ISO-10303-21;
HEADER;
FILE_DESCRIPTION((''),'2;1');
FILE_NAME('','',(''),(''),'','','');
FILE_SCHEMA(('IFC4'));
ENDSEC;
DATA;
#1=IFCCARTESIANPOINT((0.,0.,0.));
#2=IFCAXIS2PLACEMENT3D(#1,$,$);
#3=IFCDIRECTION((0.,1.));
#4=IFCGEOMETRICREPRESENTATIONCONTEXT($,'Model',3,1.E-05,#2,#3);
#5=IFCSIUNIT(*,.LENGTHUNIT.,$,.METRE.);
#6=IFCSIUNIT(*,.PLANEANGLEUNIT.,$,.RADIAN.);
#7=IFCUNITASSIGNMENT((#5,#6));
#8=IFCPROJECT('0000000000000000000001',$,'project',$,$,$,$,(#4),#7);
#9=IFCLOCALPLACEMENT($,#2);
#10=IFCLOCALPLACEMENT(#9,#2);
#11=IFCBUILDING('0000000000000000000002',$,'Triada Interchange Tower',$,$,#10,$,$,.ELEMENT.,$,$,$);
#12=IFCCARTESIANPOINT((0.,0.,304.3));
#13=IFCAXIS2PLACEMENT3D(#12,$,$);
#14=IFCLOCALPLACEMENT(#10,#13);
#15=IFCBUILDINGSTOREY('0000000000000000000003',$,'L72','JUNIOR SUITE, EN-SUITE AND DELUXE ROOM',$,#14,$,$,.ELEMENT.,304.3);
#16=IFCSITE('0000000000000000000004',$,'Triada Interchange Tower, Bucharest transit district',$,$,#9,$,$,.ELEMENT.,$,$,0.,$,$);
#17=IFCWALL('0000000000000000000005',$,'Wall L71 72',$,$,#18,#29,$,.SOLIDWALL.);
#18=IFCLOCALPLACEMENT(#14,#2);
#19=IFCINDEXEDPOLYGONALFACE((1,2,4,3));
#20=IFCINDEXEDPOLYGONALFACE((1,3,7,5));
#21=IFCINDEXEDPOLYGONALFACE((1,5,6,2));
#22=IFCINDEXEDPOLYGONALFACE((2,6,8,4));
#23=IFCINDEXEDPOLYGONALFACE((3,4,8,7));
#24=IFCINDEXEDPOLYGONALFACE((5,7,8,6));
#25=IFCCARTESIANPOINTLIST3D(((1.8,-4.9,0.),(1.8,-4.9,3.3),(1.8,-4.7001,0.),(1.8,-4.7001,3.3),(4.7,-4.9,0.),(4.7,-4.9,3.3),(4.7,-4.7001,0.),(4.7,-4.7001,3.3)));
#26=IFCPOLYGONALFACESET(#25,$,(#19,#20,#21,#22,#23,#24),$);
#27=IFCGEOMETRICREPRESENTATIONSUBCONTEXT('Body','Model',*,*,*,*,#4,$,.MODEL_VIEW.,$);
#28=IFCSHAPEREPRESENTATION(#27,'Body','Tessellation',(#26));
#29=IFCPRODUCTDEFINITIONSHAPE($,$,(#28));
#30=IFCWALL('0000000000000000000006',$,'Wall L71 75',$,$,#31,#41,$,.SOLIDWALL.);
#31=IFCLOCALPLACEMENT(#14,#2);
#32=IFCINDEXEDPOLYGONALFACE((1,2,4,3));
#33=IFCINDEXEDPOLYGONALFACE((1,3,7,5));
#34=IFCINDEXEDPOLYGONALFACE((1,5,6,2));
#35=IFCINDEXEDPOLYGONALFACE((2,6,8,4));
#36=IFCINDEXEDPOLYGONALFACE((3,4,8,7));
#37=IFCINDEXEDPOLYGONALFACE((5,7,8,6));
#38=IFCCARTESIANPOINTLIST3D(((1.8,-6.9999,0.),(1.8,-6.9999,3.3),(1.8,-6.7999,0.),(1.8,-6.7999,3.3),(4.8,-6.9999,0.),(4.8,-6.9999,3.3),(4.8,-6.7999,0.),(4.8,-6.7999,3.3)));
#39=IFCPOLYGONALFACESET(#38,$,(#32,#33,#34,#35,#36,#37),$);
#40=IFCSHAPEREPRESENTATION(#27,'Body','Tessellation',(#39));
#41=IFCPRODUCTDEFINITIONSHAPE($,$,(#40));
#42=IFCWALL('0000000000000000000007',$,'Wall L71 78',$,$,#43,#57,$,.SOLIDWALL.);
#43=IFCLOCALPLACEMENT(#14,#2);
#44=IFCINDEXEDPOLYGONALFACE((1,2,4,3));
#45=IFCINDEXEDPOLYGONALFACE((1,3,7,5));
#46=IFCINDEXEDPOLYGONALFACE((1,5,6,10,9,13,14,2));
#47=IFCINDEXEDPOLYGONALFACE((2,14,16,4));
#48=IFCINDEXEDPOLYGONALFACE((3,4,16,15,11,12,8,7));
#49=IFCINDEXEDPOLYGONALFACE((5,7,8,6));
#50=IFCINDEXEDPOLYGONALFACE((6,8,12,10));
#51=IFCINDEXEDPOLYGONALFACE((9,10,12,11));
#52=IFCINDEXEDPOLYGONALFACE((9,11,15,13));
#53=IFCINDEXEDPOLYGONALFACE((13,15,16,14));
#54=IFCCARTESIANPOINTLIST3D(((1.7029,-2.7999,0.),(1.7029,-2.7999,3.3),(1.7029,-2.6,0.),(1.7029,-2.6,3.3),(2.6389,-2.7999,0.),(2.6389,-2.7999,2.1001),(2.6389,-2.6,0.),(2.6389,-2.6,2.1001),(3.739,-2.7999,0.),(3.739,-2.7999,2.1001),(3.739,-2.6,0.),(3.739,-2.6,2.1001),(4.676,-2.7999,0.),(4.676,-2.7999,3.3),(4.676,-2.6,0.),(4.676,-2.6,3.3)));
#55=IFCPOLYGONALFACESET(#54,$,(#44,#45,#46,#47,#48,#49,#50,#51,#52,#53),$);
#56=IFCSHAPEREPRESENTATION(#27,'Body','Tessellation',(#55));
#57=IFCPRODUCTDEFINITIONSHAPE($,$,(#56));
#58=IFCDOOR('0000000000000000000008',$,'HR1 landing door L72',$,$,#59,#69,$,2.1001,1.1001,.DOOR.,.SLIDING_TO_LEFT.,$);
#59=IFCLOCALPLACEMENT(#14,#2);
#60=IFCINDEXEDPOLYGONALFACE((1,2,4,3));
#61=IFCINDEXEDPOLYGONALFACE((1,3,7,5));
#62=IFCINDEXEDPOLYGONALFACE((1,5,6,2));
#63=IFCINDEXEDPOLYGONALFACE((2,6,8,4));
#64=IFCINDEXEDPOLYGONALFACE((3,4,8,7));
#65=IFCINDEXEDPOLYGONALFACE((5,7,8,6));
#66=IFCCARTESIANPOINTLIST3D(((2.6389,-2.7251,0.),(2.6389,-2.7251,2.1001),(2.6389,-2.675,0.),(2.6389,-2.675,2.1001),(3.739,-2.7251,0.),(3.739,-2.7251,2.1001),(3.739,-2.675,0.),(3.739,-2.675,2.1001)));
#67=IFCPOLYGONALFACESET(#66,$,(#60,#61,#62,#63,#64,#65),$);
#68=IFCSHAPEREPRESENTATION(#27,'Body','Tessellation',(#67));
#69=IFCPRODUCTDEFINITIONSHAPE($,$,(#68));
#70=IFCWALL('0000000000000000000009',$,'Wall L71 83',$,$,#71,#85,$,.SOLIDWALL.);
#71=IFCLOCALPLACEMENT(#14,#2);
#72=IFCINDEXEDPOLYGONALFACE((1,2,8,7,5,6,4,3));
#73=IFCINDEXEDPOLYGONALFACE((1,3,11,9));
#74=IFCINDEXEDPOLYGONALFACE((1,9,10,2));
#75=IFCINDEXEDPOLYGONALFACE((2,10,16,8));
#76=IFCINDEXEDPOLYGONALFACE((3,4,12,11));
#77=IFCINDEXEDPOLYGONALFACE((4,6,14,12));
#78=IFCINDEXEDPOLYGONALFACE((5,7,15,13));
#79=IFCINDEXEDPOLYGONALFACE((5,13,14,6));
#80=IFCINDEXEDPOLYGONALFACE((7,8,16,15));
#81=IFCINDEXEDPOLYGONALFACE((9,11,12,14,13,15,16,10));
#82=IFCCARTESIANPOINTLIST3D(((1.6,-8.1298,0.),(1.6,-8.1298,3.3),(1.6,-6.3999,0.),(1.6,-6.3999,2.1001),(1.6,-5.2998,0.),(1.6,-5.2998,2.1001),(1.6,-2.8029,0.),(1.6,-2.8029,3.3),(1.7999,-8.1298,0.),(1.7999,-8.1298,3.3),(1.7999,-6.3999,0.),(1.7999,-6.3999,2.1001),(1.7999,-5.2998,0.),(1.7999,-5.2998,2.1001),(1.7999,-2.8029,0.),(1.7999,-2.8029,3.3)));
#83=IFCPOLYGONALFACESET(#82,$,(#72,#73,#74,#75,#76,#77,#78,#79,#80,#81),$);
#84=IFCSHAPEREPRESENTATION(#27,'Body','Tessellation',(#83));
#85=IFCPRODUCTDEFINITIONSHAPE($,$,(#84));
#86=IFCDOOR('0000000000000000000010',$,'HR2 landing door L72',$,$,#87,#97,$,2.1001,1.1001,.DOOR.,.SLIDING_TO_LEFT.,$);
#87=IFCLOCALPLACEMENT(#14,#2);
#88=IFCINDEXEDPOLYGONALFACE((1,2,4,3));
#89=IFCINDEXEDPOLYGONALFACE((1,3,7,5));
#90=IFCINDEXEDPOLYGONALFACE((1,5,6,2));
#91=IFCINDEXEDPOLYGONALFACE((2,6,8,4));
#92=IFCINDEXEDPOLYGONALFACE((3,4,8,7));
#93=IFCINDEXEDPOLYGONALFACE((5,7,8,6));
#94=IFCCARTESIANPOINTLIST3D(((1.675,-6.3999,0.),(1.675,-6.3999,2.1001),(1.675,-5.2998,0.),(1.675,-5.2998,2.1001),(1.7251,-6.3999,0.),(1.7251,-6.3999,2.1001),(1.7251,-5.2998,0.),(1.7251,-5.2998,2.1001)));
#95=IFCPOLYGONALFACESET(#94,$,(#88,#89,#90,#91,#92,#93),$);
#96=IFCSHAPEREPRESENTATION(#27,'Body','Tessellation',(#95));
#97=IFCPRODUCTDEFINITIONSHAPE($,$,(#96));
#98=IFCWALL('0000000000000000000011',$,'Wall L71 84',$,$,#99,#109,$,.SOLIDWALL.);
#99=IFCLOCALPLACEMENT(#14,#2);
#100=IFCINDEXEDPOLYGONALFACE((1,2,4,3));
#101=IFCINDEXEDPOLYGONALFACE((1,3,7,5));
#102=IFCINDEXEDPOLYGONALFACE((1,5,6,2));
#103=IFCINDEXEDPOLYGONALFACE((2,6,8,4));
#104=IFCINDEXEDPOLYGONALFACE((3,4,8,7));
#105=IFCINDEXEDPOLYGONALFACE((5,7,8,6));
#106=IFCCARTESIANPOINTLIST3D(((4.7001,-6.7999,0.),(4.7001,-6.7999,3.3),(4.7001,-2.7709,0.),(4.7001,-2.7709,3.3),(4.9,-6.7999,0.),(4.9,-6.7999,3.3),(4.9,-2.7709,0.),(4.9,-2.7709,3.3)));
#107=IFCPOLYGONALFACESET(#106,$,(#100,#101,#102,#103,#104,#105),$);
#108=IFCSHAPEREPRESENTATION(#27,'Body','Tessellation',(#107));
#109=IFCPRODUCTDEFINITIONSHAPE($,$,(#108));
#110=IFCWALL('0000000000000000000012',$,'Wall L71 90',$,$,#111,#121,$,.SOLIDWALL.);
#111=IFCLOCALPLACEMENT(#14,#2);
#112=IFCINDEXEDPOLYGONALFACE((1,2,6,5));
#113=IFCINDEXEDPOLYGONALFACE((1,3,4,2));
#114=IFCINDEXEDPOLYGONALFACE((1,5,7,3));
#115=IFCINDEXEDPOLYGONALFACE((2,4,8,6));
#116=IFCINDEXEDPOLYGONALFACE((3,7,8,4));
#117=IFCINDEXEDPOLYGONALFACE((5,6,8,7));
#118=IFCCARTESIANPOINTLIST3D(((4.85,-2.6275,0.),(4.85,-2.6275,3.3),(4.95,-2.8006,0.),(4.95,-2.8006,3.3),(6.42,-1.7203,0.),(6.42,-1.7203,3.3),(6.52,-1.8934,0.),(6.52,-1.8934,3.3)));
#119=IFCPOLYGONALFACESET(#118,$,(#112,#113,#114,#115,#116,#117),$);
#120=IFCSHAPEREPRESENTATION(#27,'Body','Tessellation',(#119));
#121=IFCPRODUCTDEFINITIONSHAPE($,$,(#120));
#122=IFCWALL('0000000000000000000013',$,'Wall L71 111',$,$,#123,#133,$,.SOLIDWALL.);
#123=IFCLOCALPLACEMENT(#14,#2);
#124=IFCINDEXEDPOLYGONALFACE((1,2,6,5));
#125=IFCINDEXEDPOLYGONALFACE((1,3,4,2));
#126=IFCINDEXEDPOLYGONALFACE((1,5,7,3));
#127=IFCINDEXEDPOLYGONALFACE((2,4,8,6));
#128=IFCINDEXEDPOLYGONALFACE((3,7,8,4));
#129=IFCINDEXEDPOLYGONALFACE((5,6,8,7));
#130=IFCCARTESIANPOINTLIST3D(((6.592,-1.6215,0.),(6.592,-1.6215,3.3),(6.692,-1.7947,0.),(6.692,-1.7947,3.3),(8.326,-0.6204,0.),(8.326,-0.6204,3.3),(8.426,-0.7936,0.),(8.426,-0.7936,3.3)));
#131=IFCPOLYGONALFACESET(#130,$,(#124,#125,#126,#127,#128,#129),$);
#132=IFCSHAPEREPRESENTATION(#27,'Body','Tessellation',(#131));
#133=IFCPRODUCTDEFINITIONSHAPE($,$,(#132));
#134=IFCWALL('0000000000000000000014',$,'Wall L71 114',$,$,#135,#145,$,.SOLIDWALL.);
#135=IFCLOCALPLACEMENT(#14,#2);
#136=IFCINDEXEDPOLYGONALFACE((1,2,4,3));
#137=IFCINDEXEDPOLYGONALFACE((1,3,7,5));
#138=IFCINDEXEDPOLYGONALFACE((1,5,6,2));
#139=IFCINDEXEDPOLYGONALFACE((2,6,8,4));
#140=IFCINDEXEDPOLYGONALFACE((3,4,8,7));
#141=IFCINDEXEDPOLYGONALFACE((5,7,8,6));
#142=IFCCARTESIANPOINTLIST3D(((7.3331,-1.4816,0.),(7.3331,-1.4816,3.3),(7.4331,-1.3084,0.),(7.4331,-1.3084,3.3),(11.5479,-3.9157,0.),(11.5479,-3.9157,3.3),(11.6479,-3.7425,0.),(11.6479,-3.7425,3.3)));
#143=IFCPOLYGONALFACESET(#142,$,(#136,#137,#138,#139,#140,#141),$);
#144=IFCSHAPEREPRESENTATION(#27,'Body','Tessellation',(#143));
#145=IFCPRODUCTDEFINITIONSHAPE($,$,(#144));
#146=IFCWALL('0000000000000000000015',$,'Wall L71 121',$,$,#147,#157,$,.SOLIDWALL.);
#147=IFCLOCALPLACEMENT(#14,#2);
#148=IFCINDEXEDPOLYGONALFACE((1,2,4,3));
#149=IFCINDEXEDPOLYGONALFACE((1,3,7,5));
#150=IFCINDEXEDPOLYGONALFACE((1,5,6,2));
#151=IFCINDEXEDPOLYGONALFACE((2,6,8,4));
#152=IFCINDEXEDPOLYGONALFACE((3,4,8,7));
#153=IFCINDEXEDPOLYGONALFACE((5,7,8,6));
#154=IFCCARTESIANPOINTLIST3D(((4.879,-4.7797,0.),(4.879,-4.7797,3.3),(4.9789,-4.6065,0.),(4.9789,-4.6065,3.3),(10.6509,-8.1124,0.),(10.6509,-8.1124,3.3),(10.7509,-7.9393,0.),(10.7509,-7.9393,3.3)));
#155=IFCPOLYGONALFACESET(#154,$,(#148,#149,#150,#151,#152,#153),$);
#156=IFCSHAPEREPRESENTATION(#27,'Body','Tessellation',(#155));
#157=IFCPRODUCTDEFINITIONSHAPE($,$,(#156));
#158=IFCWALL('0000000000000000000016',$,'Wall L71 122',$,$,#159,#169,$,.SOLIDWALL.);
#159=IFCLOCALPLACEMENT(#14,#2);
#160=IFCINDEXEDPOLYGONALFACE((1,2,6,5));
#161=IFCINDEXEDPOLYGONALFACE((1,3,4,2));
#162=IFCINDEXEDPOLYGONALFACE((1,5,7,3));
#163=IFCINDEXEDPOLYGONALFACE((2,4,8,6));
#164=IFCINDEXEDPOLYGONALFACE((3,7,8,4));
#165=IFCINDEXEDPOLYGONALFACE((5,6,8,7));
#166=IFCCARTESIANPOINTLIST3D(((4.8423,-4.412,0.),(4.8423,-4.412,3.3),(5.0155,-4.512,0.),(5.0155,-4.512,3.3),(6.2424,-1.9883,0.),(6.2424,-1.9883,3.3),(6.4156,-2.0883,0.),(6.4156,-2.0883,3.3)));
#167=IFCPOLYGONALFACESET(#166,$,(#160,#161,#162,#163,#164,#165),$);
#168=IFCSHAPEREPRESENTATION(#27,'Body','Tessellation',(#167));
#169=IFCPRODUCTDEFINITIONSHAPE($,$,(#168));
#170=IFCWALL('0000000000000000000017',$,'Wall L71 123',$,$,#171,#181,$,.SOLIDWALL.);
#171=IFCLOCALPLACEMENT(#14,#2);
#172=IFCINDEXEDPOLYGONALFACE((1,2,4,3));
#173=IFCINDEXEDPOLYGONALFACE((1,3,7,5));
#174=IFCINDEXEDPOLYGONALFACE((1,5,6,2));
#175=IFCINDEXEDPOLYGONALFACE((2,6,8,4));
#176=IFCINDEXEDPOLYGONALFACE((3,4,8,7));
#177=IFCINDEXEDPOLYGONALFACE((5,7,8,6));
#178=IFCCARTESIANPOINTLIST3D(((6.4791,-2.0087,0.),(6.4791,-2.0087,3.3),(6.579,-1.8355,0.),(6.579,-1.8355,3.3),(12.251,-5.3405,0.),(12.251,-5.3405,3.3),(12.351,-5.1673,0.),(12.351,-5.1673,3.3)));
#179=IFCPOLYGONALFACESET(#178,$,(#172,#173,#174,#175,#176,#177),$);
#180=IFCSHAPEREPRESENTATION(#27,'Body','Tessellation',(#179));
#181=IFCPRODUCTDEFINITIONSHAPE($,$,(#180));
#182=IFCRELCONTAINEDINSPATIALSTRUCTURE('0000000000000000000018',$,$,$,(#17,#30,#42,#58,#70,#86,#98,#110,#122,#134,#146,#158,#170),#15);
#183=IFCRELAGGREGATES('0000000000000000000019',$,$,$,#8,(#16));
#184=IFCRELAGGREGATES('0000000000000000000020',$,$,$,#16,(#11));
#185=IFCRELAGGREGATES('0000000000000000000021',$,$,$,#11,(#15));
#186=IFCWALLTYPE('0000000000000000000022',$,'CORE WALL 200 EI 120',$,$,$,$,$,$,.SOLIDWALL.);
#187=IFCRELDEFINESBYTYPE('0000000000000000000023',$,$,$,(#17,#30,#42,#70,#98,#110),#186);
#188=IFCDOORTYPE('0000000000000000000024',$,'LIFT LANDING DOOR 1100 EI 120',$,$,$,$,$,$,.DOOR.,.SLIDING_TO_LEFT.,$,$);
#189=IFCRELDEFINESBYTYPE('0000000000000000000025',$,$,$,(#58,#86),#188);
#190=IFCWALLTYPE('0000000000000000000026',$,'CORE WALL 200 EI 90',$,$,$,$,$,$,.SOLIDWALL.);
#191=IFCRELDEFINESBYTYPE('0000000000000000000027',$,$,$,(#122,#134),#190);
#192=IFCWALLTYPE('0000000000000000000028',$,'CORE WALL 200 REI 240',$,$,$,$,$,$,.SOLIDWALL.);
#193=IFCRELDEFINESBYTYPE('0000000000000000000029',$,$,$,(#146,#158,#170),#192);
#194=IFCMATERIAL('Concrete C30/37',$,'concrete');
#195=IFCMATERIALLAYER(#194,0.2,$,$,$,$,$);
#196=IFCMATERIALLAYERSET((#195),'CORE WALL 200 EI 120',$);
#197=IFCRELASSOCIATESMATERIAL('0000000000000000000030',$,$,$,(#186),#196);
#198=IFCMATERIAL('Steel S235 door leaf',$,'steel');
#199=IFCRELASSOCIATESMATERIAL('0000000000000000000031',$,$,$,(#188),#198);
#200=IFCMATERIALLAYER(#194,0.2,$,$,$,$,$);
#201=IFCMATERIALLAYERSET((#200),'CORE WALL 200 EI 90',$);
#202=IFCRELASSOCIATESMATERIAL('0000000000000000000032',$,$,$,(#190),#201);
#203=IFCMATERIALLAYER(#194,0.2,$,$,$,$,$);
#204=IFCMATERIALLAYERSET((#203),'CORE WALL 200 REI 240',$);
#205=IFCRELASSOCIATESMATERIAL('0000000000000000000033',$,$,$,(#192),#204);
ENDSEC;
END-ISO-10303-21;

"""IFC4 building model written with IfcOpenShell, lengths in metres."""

from ifc_helpers import new_model, si_unit, direction, frame, frame_2d, origin, place, context, subcontext, project, spatial, rectangle, extrude, material, layer, layer_set, type_object, element, fill, save


model = new_model("IFC4")

# Units and contexts
model_context = context("Model", 3, precision=1e-05, world=origin(), true_north=direction((0.0, 1.0)))
body_context = subcontext(model_context, "Body", "Model", "MODEL_VIEW")
ifc_project = project(units=[si_unit("LENGTHUNIT", "METRE"), si_unit("PLANEANGLEUNIT", "RADIAN")], contexts=[model_context])

# Site, building, storey
site_placement = place(None, origin())
site = spatial("IfcSite", under=ifc_project, at=site_placement, Name="Triada Interchange Tower, Bucharest transit district", CompositionType="ELEMENT", RefElevation=0.0)
building_placement = place(site_placement, origin())
building = spatial("IfcBuilding", under=site, at=building_placement, Name="Triada Interchange Tower", CompositionType="ELEMENT")
storey_placement = place(building_placement, frame((0.0, 0.0, 304.3)))
storey = spatial("IfcBuildingStorey", under=building, at=storey_placement, Name="L72", Description="JUNIOR SUITE, EN-SUITE AND DELUXE ROOM", CompositionType="ELEMENT", Elevation=304.3)

# Walls
ifc_material_1 = material(Name="Concrete C30/37", Category="concrete")
ifc_layer_1 = layer(ifc_material_1, 0.2)
ifc_layer_set_1 = layer_set([ifc_layer_1], Name="CORE WALL 200 EI 120")
wall_type_1 = type_object("IfcWallType", Name="CORE WALL 200 EI 120", PredefinedType="SOLIDWALL", material=ifc_layer_set_1)
wall_1_placement = place(storey_placement, frame((1.8, -4.8, 0.0), z_axis=(0.0, 0.0, 1.0), x_axis=(1.0, 0.0, 0.0)))
element("IfcWall", 1, at=wall_1_placement, inside=storey, type_object=wall_type_1, Name="Wall L71 72", PredefinedType="SOLIDWALL", context=body_context, shape_type="SweptSolid", body=[
    extrude(rectangle(XDim=2.8999, YDim=0.2, at=frame_2d((1.45, 0.0))), origin(), (0.0, 0.0, 1.0), 3.3),
])
wall_2_placement = place(storey_placement, frame((1.8, -6.8999, 0.0), z_axis=(0.0, 0.0, 1.0), x_axis=(1.0, 0.0, 0.0)))
element("IfcWall", 2, at=wall_2_placement, inside=storey, type_object=wall_type_1, Name="Wall L71 75", PredefinedType="SOLIDWALL", context=body_context, shape_type="SweptSolid", body=[
    extrude(rectangle(XDim=3.0, YDim=0.2, at=frame_2d((1.5, 0.0))), origin(), (0.0, 0.0, 1.0), 3.3),
])

# Walls, openings, doors
wall_3_placement = place(storey_placement, frame((1.7029, -2.7, 0.0), z_axis=(0.0, 0.0, 1.0), x_axis=(1.0, 0.0, 0.0)))
wall_3 = element("IfcWall", 3, at=wall_3_placement, inside=storey, type_object=wall_type_1, Name="Wall L71 78", PredefinedType="SOLIDWALL", context=body_context, shape_type="SweptSolid", body=[
    extrude(rectangle(XDim=2.9731, YDim=0.2, at=frame_2d((1.4866, 0.0))), origin(), (0.0, 0.0, 1.0), 3.3),
])
opening_1_placement = place(wall_3_placement, frame((0.936, 0.0, 0.0)))
opening_1 = element("IfcOpeningElement", 4, at=opening_1_placement, cuts=wall_3, PredefinedType="OPENING", context=body_context, shape_type="SweptSolid", body=[
    extrude(rectangle(XDim=1.1001, YDim=2.1001, at=frame_2d((0.55, 1.05))), frame((0.0, 0.1099, 0.0), z_axis=(0.0, -1.0, 0.0), x_axis=(1.0, 0.0, 0.0)), (0.0, 0.0, 1.0), 0.22),
])
ifc_material_2 = material(Name="Steel S235 door leaf", Category="steel")
door_type_1 = type_object("IfcDoorType", Name="LIFT LANDING DOOR 1100 EI 120", OperationType="SLIDING_TO_LEFT", PredefinedType="DOOR", material=ifc_material_2)
door_1_placement = place(opening_1_placement, origin())
door_1 = element("IfcDoor", 5, at=door_1_placement, inside=storey, type_object=door_type_1, Name="HR1 landing door L72", OperationType="SLIDING_TO_LEFT", OverallHeight=2.1001, OverallWidth=1.1001, PredefinedType="DOOR", context=body_context, shape_type="SweptSolid", body=[
    extrude(rectangle(XDim=1.1001, YDim=2.1001, at=frame_2d((0.55, 1.05))), frame((0.0, 0.0249, 0.0), z_axis=(0.0, -1.0, 0.0), x_axis=(1.0, 0.0, 0.0)), (0.0, 0.0, 1.0), 0.05),
])
fill(opening_1, door_1)
wall_4_placement = place(storey_placement, frame((1.7, -8.1299, 0.0), z_axis=(0.0, 0.0, 1.0), x_axis=(0.0, 1.0, 0.0)))
wall_4 = element("IfcWall", 6, at=wall_4_placement, inside=storey, type_object=wall_type_1, Name="Wall L71 83", PredefinedType="SOLIDWALL", context=body_context, shape_type="SweptSolid", body=[
    extrude(rectangle(XDim=5.3269, YDim=0.2, at=frame_2d((2.6636, 0.0))), origin(), (0.0, 0.0, 1.0), 3.3),
])
opening_2_placement = place(wall_4_placement, frame((1.73, 0.0, 0.0)))
opening_2 = element("IfcOpeningElement", 7, at=opening_2_placement, cuts=wall_4, PredefinedType="OPENING", context=body_context, shape_type="SweptSolid", body=[
    extrude(rectangle(XDim=1.1001, YDim=2.1001, at=frame_2d((0.55, 1.05))), frame((0.0, 0.1099, 0.0), z_axis=(0.0, -1.0, 0.0), x_axis=(1.0, 0.0, 0.0)), (0.0, 0.0, 1.0), 0.22),
])
door_2_placement = place(opening_2_placement, origin())
door_2 = element("IfcDoor", 8, at=door_2_placement, inside=storey, type_object=door_type_1, Name="HR2 landing door L72", OperationType="SLIDING_TO_LEFT", OverallHeight=2.1001, OverallWidth=1.1001, PredefinedType="DOOR", context=body_context, shape_type="SweptSolid", body=[
    extrude(rectangle(XDim=1.1001, YDim=2.1001, at=frame_2d((0.55, 1.05))), frame((0.0, 0.0249, 0.0), z_axis=(0.0, -1.0, 0.0), x_axis=(1.0, 0.0, 0.0)), (0.0, 0.0, 1.0), 0.05),
])
fill(opening_2, door_2)

# Walls
wall_5_placement = place(storey_placement, frame((4.8, -6.8, 0.0), z_axis=(0.0, 0.0, 1.0), x_axis=(0.0, 1.0, 0.0)))
element("IfcWall", 9, at=wall_5_placement, inside=storey, type_object=wall_type_1, Name="Wall L71 84", PredefinedType="SOLIDWALL", context=body_context, shape_type="SweptSolid", body=[
    extrude(rectangle(XDim=4.0291, YDim=0.2, at=frame_2d((2.0146, 0.0))), origin(), (0.0, 0.0, 1.0), 3.3),
])
wall_6_placement = place(storey_placement, frame((4.8999, -2.7141, 0.0), z_axis=(0.0, 0.0, 1.0), x_axis=(0.865847, 0.500309, 0.0)))
element("IfcWall", 10, at=wall_6_placement, inside=storey, type_object=wall_type_1, Name="Wall L71 90", PredefinedType="SOLIDWALL", context=body_context, shape_type="SweptSolid", body=[
    extrude(rectangle(XDim=1.8132, YDim=0.2, at=frame_2d((0.9067, 0.0))), origin(), (0.0, 0.0, 1.0), 3.3),
])
ifc_layer_2 = layer(ifc_material_1, 0.2)
ifc_layer_set_2 = layer_set([ifc_layer_2], Name="CORE WALL 200 EI 90")
wall_type_2 = type_object("IfcWallType", Name="CORE WALL 200 EI 90", PredefinedType="SOLIDWALL", material=ifc_layer_set_2)
wall_7_placement = place(storey_placement, frame((6.6421, -1.708, 0.0), z_axis=(0.0, 0.0, 1.0), x_axis=(0.866043, 0.499969, 0.0)))
element("IfcWall", 11, at=wall_7_placement, inside=storey, type_object=wall_type_2, Name="Wall L71 111", PredefinedType="SOLIDWALL", context=body_context, shape_type="SweptSolid", body=[
    extrude(rectangle(XDim=2.0022, YDim=0.2, at=frame_2d((1.001, 0.0))), origin(), (0.0, 0.0, 1.0), 3.3),
])
wall_8_placement = place(storey_placement, frame((7.3831, -1.395, 0.0), z_axis=(0.0, 0.0, 1.0), x_axis=(0.865968, -0.500099, 0.0)))
element("IfcWall", 12, at=wall_8_placement, inside=storey, type_object=wall_type_2, Name="Wall L71 114", PredefinedType="SOLIDWALL", context=body_context, shape_type="SweptSolid", body=[
    extrude(rectangle(XDim=4.8672, YDim=0.2, at=frame_2d((2.4336, 0.0))), origin(), (0.0, 0.0, 1.0), 3.3),
])
ifc_layer_3 = layer(ifc_material_1, 0.2)
ifc_layer_set_3 = layer_set([ifc_layer_3], Name="CORE WALL 200 REI 240")
wall_type_3 = type_object("IfcWallType", Name="CORE WALL 200 REI 240", PredefinedType="SOLIDWALL", material=ifc_layer_set_3)
wall_9_placement = place(storey_placement, frame((4.929, -4.6931, 0.0), z_axis=(0.0, 0.0, 1.0), x_axis=(0.866005, -0.500035, 0.0)))
element("IfcWall", 13, at=wall_9_placement, inside=storey, type_object=wall_type_3, Name="Wall L71 121", PredefinedType="SOLIDWALL", context=body_context, shape_type="SweptSolid", body=[
    extrude(rectangle(XDim=6.665, YDim=0.2, at=frame_2d((3.3325, 0.0))), origin(), (0.0, 0.0, 1.0), 3.3),
])
wall_10_placement = place(storey_placement, frame((4.929, -4.4619, 0.0), z_axis=(0.0, 0.0, 1.0), x_axis=(0.500201, 0.86591, 0.0)))
element("IfcWall", 14, at=wall_10_placement, inside=storey, type_object=wall_type_3, Name="Wall L71 122", PredefinedType="SOLIDWALL", context=body_context, shape_type="SweptSolid", body=[
    extrude(rectangle(XDim=2.7991, YDim=0.2, at=frame_2d((1.3994, 0.0))), origin(), (0.0, 0.0, 1.0), 3.3),
])
wall_11_placement = place(storey_placement, frame((6.5291, -1.9221, 0.0), z_axis=(0.0, 0.0, 1.0), x_axis=(0.866068, -0.499925, 0.0)))
element("IfcWall", 15, at=wall_11_placement, inside=storey, type_object=wall_type_3, Name="Wall L71 123", PredefinedType="SOLIDWALL", context=body_context, shape_type="SweptSolid", body=[
    extrude(rectangle(XDim=6.6646, YDim=0.2, at=frame_2d((3.3323, 0.0))), origin(), (0.0, 0.0, 1.0), 3.3),
])

save(model, "model.ifc")
